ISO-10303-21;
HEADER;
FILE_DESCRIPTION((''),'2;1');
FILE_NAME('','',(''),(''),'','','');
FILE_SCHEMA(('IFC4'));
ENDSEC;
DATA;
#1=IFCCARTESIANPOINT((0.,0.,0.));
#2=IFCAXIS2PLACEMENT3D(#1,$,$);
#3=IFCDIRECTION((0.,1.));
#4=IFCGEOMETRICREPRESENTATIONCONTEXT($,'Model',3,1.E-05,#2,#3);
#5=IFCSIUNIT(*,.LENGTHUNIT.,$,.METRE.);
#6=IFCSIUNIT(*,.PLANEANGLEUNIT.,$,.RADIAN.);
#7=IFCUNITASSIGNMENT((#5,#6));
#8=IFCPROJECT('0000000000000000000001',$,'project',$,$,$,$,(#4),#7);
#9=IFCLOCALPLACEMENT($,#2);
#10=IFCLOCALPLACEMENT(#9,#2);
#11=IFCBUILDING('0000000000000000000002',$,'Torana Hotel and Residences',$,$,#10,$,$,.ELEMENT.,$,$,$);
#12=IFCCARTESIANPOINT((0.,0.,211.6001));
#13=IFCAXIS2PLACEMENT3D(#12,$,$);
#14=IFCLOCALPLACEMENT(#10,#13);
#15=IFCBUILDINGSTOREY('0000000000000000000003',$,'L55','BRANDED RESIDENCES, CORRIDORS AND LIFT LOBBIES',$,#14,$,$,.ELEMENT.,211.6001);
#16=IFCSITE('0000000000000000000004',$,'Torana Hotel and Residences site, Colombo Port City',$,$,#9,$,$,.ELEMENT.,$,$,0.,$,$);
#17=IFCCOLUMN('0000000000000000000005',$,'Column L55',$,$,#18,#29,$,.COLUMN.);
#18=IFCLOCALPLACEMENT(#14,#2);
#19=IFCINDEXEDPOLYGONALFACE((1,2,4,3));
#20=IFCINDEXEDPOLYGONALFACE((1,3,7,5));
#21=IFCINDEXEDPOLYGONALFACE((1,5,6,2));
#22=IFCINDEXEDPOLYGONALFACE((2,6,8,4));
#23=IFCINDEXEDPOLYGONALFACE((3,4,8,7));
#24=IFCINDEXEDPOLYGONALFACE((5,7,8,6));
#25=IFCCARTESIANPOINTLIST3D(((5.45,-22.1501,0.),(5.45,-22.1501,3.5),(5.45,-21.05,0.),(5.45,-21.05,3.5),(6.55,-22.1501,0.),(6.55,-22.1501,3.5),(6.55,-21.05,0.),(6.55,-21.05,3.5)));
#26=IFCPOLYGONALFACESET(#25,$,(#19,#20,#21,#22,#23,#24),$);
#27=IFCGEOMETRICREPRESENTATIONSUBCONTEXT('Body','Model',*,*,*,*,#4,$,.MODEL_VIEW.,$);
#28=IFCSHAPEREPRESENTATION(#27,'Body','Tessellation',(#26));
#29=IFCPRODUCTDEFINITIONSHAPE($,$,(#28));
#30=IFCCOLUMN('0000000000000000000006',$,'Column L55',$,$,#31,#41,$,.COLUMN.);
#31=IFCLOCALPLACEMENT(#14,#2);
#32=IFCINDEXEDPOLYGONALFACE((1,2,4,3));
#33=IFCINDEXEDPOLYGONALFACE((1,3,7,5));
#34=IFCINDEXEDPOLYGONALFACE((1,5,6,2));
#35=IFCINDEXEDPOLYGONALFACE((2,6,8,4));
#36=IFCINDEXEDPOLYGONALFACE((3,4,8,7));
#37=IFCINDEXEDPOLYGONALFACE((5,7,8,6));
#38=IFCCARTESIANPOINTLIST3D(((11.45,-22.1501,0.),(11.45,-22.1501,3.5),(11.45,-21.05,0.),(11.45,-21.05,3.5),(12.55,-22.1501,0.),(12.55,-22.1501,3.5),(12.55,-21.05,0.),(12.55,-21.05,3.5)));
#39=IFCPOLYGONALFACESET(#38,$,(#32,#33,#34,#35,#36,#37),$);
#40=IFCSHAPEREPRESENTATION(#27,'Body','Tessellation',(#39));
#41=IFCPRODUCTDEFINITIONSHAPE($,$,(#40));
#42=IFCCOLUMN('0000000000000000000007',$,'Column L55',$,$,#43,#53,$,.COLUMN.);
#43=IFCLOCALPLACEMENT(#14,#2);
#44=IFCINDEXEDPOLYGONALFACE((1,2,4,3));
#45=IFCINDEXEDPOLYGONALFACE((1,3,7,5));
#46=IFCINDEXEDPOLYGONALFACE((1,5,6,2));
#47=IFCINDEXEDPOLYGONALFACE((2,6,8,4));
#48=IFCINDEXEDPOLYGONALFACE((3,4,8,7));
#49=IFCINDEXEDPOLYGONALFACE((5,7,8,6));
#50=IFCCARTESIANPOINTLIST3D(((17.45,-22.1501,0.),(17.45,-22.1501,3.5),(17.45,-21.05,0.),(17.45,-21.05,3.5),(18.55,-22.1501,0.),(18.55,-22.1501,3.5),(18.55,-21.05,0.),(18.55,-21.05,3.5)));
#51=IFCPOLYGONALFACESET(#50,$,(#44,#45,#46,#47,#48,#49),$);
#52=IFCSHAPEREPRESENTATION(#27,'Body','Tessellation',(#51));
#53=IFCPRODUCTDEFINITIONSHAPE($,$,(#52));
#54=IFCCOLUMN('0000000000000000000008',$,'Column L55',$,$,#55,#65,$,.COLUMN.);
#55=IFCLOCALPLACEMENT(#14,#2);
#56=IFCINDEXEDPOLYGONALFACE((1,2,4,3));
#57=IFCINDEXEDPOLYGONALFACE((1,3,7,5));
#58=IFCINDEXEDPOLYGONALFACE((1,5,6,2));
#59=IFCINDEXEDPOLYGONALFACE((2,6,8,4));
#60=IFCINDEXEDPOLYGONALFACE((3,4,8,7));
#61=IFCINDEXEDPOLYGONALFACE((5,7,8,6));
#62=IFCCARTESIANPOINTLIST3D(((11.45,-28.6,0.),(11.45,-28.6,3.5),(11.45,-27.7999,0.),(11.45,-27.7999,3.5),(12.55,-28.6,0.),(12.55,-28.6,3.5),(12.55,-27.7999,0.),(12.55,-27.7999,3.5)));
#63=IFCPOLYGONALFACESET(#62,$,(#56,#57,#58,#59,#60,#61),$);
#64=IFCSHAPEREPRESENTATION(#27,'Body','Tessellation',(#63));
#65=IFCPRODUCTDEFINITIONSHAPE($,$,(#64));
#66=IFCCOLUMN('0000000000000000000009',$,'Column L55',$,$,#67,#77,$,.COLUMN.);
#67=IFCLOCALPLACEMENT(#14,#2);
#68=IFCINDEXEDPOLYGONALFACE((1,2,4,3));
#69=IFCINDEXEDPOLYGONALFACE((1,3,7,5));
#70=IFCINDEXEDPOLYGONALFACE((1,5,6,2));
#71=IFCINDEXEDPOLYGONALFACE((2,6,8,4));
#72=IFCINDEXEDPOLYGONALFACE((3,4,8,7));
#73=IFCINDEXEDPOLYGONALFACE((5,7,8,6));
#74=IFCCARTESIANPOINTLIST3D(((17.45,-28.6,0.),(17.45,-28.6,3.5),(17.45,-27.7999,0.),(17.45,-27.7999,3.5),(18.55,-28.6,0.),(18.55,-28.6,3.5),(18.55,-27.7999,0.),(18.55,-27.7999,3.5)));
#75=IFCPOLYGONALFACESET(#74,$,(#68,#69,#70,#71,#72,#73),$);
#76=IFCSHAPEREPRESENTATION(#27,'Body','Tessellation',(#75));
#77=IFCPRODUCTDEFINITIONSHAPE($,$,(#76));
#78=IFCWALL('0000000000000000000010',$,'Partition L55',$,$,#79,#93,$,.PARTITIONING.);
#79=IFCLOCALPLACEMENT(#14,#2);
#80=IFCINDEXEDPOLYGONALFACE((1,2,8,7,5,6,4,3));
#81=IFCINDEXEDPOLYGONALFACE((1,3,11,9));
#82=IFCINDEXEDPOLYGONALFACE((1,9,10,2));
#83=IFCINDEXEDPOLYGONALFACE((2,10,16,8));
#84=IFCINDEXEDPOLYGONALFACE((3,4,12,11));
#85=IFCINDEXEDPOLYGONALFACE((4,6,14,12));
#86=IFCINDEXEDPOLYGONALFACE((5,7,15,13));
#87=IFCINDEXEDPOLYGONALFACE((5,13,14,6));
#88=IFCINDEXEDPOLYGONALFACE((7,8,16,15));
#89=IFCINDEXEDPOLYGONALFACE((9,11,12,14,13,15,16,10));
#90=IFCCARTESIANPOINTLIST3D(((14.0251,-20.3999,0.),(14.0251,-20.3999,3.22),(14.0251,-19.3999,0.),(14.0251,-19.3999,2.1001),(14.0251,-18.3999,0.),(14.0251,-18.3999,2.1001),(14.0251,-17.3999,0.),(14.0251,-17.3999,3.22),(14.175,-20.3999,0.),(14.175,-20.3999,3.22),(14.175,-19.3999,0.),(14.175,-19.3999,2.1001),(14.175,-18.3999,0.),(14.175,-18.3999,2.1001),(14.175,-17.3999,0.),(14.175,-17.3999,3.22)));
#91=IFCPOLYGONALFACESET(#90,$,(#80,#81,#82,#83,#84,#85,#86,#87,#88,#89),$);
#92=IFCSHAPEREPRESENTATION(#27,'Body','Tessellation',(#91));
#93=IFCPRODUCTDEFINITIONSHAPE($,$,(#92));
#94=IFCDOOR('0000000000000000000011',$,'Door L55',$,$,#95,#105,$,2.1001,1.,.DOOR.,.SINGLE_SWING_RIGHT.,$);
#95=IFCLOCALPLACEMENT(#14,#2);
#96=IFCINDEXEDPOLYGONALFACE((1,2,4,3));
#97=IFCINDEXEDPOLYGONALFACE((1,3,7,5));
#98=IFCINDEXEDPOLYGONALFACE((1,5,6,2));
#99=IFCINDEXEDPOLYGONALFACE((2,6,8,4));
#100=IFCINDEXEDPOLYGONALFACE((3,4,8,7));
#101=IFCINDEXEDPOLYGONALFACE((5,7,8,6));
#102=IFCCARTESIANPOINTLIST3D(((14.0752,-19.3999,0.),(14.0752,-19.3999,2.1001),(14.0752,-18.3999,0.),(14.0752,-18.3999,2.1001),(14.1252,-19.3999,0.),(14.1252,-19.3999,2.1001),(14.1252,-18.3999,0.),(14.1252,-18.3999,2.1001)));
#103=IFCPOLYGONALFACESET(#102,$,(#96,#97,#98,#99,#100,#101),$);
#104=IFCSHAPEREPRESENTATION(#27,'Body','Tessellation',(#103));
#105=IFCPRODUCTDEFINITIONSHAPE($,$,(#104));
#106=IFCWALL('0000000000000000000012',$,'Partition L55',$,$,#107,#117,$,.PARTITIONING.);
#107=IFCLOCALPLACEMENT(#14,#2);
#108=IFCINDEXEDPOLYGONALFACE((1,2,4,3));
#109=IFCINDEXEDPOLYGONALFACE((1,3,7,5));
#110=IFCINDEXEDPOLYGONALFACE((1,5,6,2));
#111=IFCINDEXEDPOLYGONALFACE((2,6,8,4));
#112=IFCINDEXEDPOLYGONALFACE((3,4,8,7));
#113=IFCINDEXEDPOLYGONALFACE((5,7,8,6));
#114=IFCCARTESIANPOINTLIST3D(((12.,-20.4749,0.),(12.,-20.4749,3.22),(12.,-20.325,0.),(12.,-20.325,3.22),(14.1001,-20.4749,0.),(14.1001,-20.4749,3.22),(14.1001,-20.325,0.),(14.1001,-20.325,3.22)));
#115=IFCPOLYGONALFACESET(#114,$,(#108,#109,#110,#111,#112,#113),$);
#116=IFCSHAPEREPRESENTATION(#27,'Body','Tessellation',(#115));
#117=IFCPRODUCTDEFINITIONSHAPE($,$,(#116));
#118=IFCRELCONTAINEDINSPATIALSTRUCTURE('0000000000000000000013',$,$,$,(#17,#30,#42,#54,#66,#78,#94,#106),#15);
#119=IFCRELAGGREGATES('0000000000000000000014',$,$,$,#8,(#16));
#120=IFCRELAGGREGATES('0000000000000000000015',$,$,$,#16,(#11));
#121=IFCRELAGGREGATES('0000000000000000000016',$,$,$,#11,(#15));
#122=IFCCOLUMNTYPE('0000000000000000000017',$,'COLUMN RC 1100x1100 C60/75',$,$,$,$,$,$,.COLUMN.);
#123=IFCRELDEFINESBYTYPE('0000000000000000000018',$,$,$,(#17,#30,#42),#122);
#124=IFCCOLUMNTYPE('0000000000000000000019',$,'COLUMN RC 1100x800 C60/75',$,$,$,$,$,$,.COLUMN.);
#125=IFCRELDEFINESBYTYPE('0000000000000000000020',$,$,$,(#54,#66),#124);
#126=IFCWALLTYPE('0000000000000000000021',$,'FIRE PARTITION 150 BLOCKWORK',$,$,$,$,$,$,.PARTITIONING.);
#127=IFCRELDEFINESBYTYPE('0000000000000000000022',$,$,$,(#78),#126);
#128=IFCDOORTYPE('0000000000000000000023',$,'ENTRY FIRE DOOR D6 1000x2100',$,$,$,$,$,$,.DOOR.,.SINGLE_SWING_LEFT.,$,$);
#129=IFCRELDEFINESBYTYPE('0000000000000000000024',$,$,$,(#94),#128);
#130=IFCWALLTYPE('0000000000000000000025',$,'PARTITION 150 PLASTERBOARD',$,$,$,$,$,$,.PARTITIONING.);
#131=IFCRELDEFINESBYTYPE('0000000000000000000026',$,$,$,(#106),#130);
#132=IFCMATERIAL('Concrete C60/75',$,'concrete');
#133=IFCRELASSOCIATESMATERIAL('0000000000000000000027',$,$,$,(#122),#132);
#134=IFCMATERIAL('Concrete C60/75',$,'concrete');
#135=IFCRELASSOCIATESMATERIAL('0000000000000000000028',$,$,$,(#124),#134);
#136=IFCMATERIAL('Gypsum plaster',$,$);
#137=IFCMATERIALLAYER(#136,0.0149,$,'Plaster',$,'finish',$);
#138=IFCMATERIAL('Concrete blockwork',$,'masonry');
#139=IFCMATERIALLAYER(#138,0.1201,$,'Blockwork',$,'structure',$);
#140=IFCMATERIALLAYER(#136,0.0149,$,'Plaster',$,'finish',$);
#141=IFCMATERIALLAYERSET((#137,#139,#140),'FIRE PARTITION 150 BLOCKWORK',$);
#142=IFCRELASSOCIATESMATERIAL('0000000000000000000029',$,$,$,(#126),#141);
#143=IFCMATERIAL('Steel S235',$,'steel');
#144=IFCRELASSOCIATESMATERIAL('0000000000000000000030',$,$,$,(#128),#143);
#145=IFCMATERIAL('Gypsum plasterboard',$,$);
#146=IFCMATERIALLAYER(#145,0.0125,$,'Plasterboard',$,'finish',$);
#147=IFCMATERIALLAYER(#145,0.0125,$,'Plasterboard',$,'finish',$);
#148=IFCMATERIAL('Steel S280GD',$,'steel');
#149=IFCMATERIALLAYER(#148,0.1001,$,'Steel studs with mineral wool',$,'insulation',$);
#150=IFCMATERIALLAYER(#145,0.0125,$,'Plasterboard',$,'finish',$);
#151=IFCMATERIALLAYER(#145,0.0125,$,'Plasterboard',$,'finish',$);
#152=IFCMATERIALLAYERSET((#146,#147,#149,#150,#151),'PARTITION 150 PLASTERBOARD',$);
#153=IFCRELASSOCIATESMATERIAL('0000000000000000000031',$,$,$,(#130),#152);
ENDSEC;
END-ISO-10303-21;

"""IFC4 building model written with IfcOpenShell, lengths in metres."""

from ifc_helpers import new_model, si_unit, direction, frame, frame_2d, origin, origin_2d, place, context, subcontext, project, spatial, rectangle, extrude, material, layer, layer_set, material_profile, profile_set, type_object, element, fill, save


model = new_model("IFC4")

# Units and contexts
model_context = context("Model", 3, precision=1e-05, world=origin(), true_north=direction((0.0, 1.0)))
body_context = subcontext(model_context, "Body", "Model", "MODEL_VIEW")
ifc_project = project(units=[si_unit("LENGTHUNIT", "METRE"), si_unit("PLANEANGLEUNIT", "RADIAN")], contexts=[model_context])

# Site, building, storey
site_placement = place(None, origin())
site = spatial("IfcSite", under=ifc_project, at=site_placement, Name="Torana Hotel and Residences site, Colombo Port City", CompositionType="ELEMENT", RefElevation=0.0)
building_placement = place(site_placement, origin())
building = spatial("IfcBuilding", under=site, at=building_placement, Name="Torana Hotel and Residences", CompositionType="ELEMENT")
storey_placement = place(building_placement, frame((0.0, 0.0, 211.6001)))
storey = spatial("IfcBuildingStorey", under=building, at=storey_placement, Name="L55", Description="BRANDED RESIDENCES, CORRIDORS AND LIFT LOBBIES", CompositionType="ELEMENT", Elevation=211.6001)

# Columns
ifc_material_1 = material(Name="Concrete C60/75", Category="concrete")
ifc_material_profile_1 = material_profile(ifc_material_1, rectangle(XDim=1.1001, YDim=1.1001, at=origin_2d()), Name="RC 1100x1100")
ifc_profile_set_1 = profile_set([ifc_material_profile_1], Name="Concrete C60/75")
column_type_1 = type_object("IfcColumnType", Name="COLUMN RC 1100x1100 C60/75", PredefinedType="COLUMN", material=ifc_profile_set_1)
for number, where, z_axis, x_axis, name in (
    (1, (6.0, -21.6001, 0.0), (0.0, 0.0, 1.0), (1.0, 0.0, 0.0), "Column L55"),
    (2, (12.0, -21.6001, 0.0), (0.0, 0.0, 1.0), (1.0, 0.0, 0.0), "Column L55"),
    (3, (18.0, -21.6001, 0.0), (0.0, 0.0, 1.0), (1.0, 0.0, 0.0), "Column L55"),
):
    element("IfcColumn", number, at=place(storey_placement, frame(where, z_axis=z_axis, x_axis=x_axis)), inside=storey, type_object=column_type_1, Name=name, PredefinedType="COLUMN", context=body_context, shape_type="SweptSolid", body=[
        extrude(rectangle(XDim=1.1001, YDim=1.1001, at=origin_2d()), origin(), (0.0, 0.0, 1.0), 3.5),
    ])
ifc_material_2 = material(Name="Concrete C60/75", Category="concrete")
ifc_material_profile_2 = material_profile(ifc_material_2, rectangle(XDim=1.1001, YDim=0.8, at=origin_2d()), Name="RC 1100x800")
ifc_profile_set_2 = profile_set([ifc_material_profile_2], Name="Concrete C60/75")
column_type_2 = type_object("IfcColumnType", Name="COLUMN RC 1100x800 C60/75", PredefinedType="COLUMN", material=ifc_profile_set_2)
for number, where, z_axis, x_axis, name in (
    (4, (12.0, -28.2, 0.0), (0.0, 0.0, 1.0), (1.0, 0.0, 0.0), "Column L55"),
    (5, (18.0, -28.2, 0.0), (0.0, 0.0, 1.0), (1.0, 0.0, 0.0), "Column L55"),
):
    element("IfcColumn", number, at=place(storey_placement, frame(where, z_axis=z_axis, x_axis=x_axis)), inside=storey, type_object=column_type_2, Name=name, PredefinedType="COLUMN", context=body_context, shape_type="SweptSolid", body=[
        extrude(rectangle(XDim=1.1001, YDim=0.8, at=origin_2d()), origin(), (0.0, 0.0, 1.0), 3.5),
    ])

# Wall, opening, door
ifc_material_3 = material(Name="Gypsum plaster")
ifc_layer_1 = layer(ifc_material_3, 0.0149, Name="Plaster", Category="finish")
ifc_material_4 = material(Name="Concrete blockwork", Category="masonry")
ifc_layer_2 = layer(ifc_material_4, 0.1201, Name="Blockwork", Category="structure")
ifc_layer_3 = layer(ifc_material_3, 0.0149, Name="Plaster", Category="finish")
ifc_layer_set_1 = layer_set([ifc_layer_1, ifc_layer_2, ifc_layer_3], Name="FIRE PARTITION 150 BLOCKWORK")
wall_type_1 = type_object("IfcWallType", Name="FIRE PARTITION 150 BLOCKWORK", PredefinedType="PARTITIONING", material=ifc_layer_set_1)
wall_1_placement = place(storey_placement, frame((14.1001, -20.3999, 0.0), z_axis=(0.0, 0.0, 1.0), x_axis=(0.0, 1.0, 0.0)))
wall_1 = element("IfcWall", 6, at=wall_1_placement, inside=storey, type_object=wall_type_1, Name="Partition L55", PredefinedType="PARTITIONING", context=body_context, shape_type="SweptSolid", body=[
    extrude(rectangle(XDim=3.0, YDim=0.1499, at=frame_2d((1.5, 0.0))), origin(), (0.0, 0.0, 1.0), 3.22),
])
opening_placement = place(wall_1_placement, frame((1.0, 0.0, 0.0)))
opening = element("IfcOpeningElement", 7, at=opening_placement, cuts=wall_1, PredefinedType="OPENING", context=body_context, shape_type="SweptSolid", body=[
    extrude(rectangle(XDim=1.0, YDim=2.1001, at=frame_2d((0.5, 1.05))), frame((0.0, 0.085, 0.0), z_axis=(0.0, -1.0, 0.0), x_axis=(1.0, 0.0, 0.0)), (0.0, 0.0, 1.0), 0.1699),
])
ifc_material_5 = material(Name="Steel S235", Category="steel")
door_type = type_object("IfcDoorType", Name="ENTRY FIRE DOOR D6 1000x2100", OperationType="SINGLE_SWING_LEFT", PredefinedType="DOOR", material=ifc_material_5)
door_placement = place(opening_placement, origin())
door = element("IfcDoor", 8, at=door_placement, inside=storey, type_object=door_type, Name="Door L55", OperationType="SINGLE_SWING_RIGHT", OverallHeight=2.1001, OverallWidth=1.0, PredefinedType="DOOR", context=body_context, shape_type="SweptSolid", body=[
    extrude(rectangle(XDim=1.0, YDim=2.1001, at=frame_2d((0.5, 1.05))), frame((0.0, 0.0249, 0.0), z_axis=(0.0, -1.0, 0.0), x_axis=(1.0, 0.0, 0.0)), (0.0, 0.0, 1.0), 0.05),
])
fill(opening, door)

# Wall
ifc_material_6 = material(Name="Gypsum plasterboard")
ifc_layer_4 = layer(ifc_material_6, 0.0125, Name="Plasterboard", Category="finish")
ifc_layer_5 = layer(ifc_material_6, 0.0125, Name="Plasterboard", Category="finish")
ifc_material_7 = material(Name="Steel S280GD", Category="steel")
ifc_layer_6 = layer(ifc_material_7, 0.1001, Name="Steel studs with mineral wool", Category="insulation")
ifc_layer_7 = layer(ifc_material_6, 0.0125, Name="Plasterboard", Category="finish")
ifc_layer_8 = layer(ifc_material_6, 0.0125, Name="Plasterboard", Category="finish")
ifc_layer_set_2 = layer_set([ifc_layer_4, ifc_layer_5, ifc_layer_6, ifc_layer_7, ifc_layer_8], Name="PARTITION 150 PLASTERBOARD")
wall_type_2 = type_object("IfcWallType", Name="PARTITION 150 PLASTERBOARD", PredefinedType="PARTITIONING", material=ifc_layer_set_2)
wall_2_placement = place(storey_placement, frame((12.0, -20.3999, 0.0), z_axis=(0.0, 0.0, 1.0), x_axis=(1.0, 0.0, 0.0)))
element("IfcWall", 9, at=wall_2_placement, inside=storey, type_object=wall_type_2, Name="Partition L55", PredefinedType="PARTITIONING", context=body_context, shape_type="SweptSolid", body=[
    extrude(rectangle(XDim=2.1001, YDim=0.1499, at=frame_2d((1.05, 0.0))), origin(), (0.0, 0.0, 1.0), 3.22),
])

save(model, "model.ifc")
